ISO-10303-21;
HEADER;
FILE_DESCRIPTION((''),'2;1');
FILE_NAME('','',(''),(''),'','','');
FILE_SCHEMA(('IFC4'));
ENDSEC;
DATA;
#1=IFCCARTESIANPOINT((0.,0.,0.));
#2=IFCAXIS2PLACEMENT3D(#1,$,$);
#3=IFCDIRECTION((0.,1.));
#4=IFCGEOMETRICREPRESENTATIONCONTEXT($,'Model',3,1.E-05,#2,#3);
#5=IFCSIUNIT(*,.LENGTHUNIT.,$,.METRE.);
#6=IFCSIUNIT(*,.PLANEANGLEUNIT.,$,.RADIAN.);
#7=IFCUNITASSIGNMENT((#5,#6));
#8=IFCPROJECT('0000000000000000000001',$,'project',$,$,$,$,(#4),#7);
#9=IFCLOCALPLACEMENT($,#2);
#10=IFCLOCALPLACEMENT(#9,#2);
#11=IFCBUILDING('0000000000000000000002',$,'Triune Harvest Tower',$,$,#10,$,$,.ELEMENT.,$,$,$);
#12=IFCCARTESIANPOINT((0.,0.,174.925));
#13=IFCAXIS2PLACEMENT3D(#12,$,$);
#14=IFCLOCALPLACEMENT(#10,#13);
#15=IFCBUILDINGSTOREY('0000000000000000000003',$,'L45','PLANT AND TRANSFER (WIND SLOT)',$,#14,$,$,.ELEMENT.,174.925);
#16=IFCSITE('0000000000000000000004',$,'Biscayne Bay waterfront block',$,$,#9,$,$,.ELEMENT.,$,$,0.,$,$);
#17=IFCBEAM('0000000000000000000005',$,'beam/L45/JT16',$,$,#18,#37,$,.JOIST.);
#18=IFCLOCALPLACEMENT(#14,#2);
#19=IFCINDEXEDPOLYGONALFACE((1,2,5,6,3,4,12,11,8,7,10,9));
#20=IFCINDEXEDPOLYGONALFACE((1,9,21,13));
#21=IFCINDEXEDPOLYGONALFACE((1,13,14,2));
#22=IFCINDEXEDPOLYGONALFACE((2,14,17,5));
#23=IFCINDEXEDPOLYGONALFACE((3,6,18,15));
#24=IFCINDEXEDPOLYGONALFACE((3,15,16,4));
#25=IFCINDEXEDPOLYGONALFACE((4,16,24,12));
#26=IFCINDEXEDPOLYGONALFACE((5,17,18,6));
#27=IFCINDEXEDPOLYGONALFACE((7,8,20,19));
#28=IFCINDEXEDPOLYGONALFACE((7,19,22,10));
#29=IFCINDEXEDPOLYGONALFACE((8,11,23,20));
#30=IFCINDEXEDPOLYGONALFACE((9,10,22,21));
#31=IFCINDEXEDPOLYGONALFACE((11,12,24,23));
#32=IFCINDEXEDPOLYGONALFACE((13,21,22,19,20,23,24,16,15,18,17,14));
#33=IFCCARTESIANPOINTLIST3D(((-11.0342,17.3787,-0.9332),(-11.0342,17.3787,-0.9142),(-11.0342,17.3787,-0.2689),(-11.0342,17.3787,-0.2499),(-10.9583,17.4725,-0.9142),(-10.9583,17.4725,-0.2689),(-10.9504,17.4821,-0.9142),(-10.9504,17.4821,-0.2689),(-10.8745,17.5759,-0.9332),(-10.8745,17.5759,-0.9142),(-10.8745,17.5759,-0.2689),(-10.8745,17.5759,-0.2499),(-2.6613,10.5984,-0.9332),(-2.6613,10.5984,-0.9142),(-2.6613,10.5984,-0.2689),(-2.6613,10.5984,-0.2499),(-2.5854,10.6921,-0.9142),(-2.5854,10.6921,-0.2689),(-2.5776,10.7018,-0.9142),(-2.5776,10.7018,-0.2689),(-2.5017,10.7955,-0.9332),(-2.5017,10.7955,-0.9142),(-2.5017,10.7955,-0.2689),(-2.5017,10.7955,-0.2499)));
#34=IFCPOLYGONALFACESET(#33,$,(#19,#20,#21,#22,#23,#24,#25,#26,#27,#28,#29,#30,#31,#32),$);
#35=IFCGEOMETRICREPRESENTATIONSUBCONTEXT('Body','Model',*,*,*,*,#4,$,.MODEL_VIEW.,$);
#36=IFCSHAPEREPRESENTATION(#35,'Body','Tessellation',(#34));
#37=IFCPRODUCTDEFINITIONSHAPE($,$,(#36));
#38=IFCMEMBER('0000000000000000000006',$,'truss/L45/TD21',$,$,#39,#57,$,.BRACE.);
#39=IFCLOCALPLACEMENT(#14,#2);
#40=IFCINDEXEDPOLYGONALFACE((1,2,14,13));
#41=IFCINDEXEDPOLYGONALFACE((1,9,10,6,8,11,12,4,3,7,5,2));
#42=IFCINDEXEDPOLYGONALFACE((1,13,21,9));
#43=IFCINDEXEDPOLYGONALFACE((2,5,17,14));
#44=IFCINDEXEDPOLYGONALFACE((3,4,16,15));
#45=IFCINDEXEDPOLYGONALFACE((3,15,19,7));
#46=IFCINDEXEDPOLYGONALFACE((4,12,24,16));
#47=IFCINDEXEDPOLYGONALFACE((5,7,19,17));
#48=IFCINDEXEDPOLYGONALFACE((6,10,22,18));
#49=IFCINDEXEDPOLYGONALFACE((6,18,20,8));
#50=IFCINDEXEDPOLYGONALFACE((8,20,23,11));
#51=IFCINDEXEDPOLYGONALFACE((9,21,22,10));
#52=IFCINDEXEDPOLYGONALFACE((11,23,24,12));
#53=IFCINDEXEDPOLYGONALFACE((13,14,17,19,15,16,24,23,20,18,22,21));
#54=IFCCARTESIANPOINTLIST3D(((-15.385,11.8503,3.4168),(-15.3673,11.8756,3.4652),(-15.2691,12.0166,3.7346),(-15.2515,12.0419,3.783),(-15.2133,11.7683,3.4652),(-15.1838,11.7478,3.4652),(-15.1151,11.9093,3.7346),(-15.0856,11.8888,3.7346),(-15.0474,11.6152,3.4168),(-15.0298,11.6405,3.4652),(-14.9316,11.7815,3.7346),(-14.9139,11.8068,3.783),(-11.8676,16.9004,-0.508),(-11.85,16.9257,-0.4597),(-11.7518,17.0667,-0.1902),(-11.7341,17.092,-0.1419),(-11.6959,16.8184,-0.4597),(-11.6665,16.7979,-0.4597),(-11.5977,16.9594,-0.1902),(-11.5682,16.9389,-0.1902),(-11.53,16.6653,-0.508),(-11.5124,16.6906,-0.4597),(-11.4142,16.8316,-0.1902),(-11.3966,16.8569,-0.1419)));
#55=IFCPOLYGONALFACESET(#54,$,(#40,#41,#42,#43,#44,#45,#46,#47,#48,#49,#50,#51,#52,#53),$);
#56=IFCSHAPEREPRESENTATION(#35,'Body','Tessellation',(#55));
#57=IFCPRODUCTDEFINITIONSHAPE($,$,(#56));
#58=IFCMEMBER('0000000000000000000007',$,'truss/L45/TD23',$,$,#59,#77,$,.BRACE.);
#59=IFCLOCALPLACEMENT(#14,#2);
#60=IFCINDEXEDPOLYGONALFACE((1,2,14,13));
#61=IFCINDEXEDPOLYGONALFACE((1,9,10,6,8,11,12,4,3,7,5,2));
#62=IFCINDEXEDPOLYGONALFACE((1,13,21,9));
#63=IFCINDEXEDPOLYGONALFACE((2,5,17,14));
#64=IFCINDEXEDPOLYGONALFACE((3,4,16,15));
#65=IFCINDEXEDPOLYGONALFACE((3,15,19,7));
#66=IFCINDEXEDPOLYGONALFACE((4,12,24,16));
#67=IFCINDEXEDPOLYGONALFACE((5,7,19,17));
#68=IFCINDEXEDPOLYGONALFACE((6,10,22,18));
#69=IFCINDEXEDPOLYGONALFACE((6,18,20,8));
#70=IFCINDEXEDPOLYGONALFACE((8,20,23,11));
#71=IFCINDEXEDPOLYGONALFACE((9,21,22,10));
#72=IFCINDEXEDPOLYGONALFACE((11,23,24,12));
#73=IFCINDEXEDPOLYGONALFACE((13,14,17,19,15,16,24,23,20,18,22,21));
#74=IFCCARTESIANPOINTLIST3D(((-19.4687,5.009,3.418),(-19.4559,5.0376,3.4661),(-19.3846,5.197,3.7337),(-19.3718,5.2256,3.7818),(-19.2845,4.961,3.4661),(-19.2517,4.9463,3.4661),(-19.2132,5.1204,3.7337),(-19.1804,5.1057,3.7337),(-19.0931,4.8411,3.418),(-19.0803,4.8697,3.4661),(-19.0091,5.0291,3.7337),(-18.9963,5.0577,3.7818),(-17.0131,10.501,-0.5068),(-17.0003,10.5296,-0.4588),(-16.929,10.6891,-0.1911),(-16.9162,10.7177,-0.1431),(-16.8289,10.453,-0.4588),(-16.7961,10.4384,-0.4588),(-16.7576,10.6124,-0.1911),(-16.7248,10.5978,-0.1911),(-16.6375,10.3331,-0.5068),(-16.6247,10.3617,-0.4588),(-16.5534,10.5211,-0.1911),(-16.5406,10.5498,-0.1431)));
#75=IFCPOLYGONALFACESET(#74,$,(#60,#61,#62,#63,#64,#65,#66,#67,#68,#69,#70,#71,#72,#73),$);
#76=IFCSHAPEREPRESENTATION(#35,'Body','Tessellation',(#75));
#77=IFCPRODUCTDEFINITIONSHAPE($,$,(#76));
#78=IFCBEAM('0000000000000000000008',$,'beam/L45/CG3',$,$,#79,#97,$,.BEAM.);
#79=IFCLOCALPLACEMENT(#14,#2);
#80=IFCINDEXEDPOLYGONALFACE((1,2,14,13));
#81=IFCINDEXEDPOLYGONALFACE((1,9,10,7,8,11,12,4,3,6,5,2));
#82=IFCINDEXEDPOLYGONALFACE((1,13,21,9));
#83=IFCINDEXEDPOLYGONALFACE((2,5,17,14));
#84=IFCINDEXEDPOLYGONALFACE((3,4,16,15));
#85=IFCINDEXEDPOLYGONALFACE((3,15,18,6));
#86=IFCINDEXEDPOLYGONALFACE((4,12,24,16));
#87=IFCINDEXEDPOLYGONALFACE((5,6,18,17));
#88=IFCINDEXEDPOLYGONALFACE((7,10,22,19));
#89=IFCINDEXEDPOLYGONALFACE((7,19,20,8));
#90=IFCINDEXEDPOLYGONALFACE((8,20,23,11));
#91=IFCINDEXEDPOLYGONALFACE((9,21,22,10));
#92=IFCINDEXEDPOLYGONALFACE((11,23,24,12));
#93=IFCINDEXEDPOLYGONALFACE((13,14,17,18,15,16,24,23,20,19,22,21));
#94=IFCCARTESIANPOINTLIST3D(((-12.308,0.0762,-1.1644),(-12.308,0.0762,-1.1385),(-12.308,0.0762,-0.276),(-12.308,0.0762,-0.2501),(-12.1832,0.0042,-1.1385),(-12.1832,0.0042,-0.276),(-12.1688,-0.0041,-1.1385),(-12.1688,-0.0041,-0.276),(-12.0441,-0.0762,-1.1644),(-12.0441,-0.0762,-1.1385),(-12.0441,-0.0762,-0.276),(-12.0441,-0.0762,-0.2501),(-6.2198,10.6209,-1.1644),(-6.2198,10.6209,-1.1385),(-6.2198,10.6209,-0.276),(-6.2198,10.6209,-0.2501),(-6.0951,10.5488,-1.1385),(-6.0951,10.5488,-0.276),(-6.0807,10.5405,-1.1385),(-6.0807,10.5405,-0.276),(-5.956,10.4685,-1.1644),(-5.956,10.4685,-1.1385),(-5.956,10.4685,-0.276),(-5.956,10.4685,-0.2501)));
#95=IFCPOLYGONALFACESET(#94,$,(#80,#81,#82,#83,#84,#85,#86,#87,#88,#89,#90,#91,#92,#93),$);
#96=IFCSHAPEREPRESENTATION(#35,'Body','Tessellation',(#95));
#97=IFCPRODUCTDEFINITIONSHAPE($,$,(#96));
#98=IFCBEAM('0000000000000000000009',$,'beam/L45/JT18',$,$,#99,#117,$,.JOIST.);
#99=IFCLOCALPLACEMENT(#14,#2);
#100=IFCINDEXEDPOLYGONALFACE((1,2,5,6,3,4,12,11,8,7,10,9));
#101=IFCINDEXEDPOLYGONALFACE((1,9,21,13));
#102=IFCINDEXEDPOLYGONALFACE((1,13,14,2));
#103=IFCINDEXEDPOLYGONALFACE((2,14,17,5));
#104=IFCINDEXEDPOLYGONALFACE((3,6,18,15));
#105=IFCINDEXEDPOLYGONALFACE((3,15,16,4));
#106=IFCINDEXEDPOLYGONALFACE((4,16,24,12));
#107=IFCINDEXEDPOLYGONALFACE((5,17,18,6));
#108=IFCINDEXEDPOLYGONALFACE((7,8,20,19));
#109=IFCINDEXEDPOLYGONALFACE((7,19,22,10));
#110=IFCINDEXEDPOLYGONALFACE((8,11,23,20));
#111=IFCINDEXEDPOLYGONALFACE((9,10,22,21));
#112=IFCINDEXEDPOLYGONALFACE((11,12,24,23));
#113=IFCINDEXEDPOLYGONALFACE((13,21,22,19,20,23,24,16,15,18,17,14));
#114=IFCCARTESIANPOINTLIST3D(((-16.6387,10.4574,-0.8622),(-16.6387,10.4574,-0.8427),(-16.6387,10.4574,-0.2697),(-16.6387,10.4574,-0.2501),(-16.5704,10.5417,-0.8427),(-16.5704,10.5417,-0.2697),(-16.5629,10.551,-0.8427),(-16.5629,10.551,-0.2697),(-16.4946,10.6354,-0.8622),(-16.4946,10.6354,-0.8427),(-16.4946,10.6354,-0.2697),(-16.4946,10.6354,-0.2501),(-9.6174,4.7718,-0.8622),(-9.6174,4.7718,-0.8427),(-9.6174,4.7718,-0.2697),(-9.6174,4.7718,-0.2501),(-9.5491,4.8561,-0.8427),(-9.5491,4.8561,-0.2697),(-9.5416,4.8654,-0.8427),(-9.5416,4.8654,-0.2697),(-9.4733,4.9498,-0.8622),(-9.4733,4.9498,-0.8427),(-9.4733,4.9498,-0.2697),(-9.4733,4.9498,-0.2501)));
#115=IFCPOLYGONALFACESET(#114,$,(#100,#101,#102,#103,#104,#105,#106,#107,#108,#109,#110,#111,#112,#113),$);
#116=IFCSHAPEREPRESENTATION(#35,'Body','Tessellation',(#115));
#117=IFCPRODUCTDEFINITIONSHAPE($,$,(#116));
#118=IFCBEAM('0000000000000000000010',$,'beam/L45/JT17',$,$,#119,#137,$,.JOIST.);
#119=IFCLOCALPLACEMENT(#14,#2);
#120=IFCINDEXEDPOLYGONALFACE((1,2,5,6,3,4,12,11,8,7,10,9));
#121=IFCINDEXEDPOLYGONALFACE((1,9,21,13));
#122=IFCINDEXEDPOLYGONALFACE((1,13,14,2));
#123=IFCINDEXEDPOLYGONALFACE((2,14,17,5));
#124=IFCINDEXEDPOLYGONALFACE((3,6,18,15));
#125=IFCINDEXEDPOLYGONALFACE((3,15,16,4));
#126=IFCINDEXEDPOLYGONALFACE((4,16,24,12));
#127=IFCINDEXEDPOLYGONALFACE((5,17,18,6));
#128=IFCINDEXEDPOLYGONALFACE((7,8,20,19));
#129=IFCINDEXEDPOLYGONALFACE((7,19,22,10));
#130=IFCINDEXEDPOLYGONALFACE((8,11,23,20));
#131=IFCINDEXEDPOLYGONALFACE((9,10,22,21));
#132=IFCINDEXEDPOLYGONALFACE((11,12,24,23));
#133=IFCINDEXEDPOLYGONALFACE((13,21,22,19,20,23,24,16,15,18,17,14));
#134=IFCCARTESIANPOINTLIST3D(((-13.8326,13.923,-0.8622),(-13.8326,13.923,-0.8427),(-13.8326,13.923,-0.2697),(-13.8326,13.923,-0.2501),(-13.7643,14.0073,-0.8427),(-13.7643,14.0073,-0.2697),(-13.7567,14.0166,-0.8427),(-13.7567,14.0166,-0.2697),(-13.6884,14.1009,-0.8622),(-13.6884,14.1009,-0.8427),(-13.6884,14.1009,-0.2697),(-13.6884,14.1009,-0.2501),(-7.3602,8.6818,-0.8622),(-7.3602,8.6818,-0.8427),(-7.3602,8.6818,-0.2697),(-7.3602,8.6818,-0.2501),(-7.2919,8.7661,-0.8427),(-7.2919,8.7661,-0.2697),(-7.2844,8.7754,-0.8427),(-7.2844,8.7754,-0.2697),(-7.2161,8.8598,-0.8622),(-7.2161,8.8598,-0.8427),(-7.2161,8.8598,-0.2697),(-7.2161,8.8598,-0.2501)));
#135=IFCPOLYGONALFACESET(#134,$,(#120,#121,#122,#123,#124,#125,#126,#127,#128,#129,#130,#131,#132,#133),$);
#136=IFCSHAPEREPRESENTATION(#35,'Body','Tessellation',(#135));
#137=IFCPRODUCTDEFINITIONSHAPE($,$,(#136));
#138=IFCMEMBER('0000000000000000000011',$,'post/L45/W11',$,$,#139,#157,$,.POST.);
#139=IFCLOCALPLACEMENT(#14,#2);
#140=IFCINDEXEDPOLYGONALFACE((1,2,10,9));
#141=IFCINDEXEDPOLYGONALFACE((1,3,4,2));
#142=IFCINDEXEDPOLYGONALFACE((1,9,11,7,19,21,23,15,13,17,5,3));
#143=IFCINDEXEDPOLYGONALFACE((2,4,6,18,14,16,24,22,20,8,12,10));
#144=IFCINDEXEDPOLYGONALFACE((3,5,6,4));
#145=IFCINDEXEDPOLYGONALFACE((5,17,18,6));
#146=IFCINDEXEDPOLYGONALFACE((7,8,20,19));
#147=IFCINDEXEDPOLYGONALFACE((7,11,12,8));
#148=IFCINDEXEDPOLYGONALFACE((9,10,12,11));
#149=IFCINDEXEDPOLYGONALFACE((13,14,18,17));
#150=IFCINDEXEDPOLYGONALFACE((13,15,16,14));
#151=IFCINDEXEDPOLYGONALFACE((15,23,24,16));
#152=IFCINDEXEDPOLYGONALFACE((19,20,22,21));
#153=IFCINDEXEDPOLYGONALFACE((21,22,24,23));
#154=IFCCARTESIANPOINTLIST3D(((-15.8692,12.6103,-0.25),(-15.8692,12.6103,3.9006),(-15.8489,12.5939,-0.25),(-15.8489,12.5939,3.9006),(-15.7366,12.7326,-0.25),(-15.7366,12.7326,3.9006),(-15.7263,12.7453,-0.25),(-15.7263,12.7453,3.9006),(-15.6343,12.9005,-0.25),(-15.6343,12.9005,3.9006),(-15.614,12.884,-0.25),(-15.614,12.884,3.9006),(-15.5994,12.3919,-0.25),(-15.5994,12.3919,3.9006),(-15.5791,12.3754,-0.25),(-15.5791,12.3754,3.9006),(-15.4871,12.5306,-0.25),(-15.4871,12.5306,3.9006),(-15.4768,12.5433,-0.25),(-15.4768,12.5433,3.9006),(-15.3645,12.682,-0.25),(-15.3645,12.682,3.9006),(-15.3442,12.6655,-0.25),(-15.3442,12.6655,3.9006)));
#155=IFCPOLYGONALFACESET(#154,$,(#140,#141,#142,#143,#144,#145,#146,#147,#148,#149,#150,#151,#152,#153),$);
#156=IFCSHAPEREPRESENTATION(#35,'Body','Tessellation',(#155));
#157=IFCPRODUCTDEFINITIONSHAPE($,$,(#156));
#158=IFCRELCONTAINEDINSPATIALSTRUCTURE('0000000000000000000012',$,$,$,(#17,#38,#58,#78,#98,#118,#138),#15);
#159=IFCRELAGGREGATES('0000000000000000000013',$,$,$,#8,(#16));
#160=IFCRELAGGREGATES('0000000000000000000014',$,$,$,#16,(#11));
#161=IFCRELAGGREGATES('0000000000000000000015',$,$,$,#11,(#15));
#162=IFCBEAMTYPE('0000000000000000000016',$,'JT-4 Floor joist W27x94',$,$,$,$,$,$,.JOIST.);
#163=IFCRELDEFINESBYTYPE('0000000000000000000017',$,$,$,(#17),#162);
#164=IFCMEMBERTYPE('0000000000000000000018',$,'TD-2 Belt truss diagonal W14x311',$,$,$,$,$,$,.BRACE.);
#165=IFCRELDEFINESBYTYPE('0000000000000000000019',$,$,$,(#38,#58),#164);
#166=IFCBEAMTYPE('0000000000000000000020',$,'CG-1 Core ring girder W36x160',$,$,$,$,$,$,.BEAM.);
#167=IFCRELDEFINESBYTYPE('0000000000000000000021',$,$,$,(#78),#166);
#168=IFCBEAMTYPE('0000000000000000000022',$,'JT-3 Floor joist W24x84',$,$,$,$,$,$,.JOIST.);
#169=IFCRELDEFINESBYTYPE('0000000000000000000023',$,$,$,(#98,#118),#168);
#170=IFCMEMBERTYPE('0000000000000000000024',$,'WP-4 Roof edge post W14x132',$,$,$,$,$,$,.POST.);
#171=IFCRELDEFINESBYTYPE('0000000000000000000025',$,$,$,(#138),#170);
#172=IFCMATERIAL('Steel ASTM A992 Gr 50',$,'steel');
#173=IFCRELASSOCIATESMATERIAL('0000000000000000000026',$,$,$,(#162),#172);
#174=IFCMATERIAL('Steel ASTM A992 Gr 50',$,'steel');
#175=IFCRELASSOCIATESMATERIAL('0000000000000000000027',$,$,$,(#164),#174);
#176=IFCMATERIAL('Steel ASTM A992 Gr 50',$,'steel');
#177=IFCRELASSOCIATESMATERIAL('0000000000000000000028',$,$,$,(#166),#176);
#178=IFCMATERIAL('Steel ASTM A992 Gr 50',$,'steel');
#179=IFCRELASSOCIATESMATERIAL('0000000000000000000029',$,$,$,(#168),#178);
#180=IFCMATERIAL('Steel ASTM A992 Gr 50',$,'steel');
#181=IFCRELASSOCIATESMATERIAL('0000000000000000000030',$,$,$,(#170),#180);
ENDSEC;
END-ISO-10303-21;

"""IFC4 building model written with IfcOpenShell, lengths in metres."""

from ifc_helpers import new_model, si_unit, direction, frame, origin, origin_2d, place, context, subcontext, project, spatial, i_section, extrude, source, transform, mapped, material, material_profile, profile_set, type_object, element, save


model = new_model("IFC4")

# Units and contexts
model_context = context("Model", 3, precision=1e-05, world=origin(), true_north=direction((0.0, 1.0)))
body_context = subcontext(model_context, "Body", "Model", "MODEL_VIEW")
ifc_project = project(units=[si_unit("LENGTHUNIT", "METRE"), si_unit("PLANEANGLEUNIT", "RADIAN")], contexts=[model_context])

# Site, building, storey
site_placement = place(None, origin())
site = spatial("IfcSite", under=ifc_project, at=site_placement, Name="Biscayne Bay waterfront block", CompositionType="ELEMENT", RefElevation=0.0)
building_placement = place(site_placement, origin())
building = spatial("IfcBuilding", under=site, at=building_placement, Name="Triune Harvest Tower", CompositionType="ELEMENT")
storey_placement = place(building_placement, frame((0.0, 0.0, 174.925)))
storey = spatial("IfcBuildingStorey", under=building, at=storey_placement, Name="L45", Description="PLANT AND TRANSFER (WIND SLOT)", CompositionType="ELEMENT", Elevation=174.925)

# Beam
ifc_material_1 = material(Name="Steel ASTM A992 Gr 50", Category="steel")
ifc_material_profile_1 = material_profile(ifc_material_1, i_section(OverallWidth=0.2537, OverallDepth=0.6833, WebThickness=0.0125, FlangeThickness=0.019, at=origin_2d()), Name="W27x94")
ifc_profile_set_1 = profile_set([ifc_material_profile_1], Name="Steel ASTM A992 Gr 50")
beam_type_1 = type_object("IfcBeamType", Name="JT-4 Floor joist W27x94", PredefinedType="JOIST", material=ifc_profile_set_1)
beam_1_placement = place(storey_placement, frame((-10.9543, 17.4773, -0.5916), z_axis=(0.777141, -0.629327, 0.0), x_axis=(0.629327, 0.777141, 0.0)))
element("IfcBeam", 1, at=beam_1_placement, inside=storey, type_object=beam_type_1, Name="beam/L45/JT16", PredefinedType="JOIST", context=body_context, shape_type="SweptSolid", body=[
    extrude(i_section(OverallWidth=0.2537, OverallDepth=0.6833, WebThickness=0.0125, FlangeThickness=0.019, at=origin_2d()), origin(), (0.0, 0.0, 1.0), 10.7739),
])

# Members
ifc_material_2 = material(Name="Steel ASTM A992 Gr 50", Category="steel")
ifc_material_profile_2 = material_profile(ifc_material_2, i_section(OverallWidth=0.4114, OverallDepth=0.4343, WebThickness=0.0359, FlangeThickness=0.0574, at=origin_2d()), Name="W14x311")
ifc_profile_set_2 = profile_set([ifc_material_profile_2], Name="Steel ASTM A992 Gr 50")
member_type_1 = type_object("IfcMemberType", Name="TD-2 Belt truss diagonal W14x311", PredefinedType="BRACE", material=ifc_profile_set_2)
member_1_placement = place(storey_placement, frame((-11.6321, 16.8787, -0.325), z_axis=(-0.481878, -0.691861, 0.537701), x_axis=(0.820581, -0.57153, 0.0)))
element("IfcMember", 2, at=member_1_placement, inside=storey, type_object=member_type_1, Name="truss/L45/TD21", PredefinedType="BRACE", context=body_context, shape_type="SweptSolid", body=[
    extrude(i_section(OverallWidth=0.4114, OverallDepth=0.4343, WebThickness=0.0359, FlangeThickness=0.0574, at=origin_2d()), origin(), (0.0, 0.0, 1.0), 7.2993),
])
member_2_placement = place(storey_placement, frame((-16.7769, 10.5254, -0.325), z_axis=(-0.341859, -0.764576, 0.546403), x_axis=(0.912902, -0.408178, 0.0)))
element("IfcMember", 3, at=member_2_placement, inside=storey, type_object=member_type_1, Name="truss/L45/TD23", PredefinedType="BRACE", context=body_context, shape_type="SweptSolid", body=[
    extrude(i_section(OverallWidth=0.4114, OverallDepth=0.4343, WebThickness=0.0359, FlangeThickness=0.0574, at=origin_2d()), origin(), (0.0, 0.0, 1.0), 7.1831),
])

# Beams
ifc_material_3 = material(Name="Steel ASTM A992 Gr 50", Category="steel")
ifc_material_profile_3 = material_profile(ifc_material_3, i_section(OverallWidth=0.3047, OverallDepth=0.9143, WebThickness=0.0166, FlangeThickness=0.0259, at=origin_2d()), Name="W36x160")
ifc_profile_set_3 = profile_set([ifc_material_profile_3], Name="Steel ASTM A992 Gr 50")
beam_type_2 = type_object("IfcBeamType", Name="CG-1 Core ring girder W36x160", PredefinedType="BEAM", material=ifc_profile_set_3)
shared_shape_1 = source(origin(), body_context, "Body", "SweptSolid", [
    extrude(i_section(OverallWidth=0.3047, OverallDepth=0.9143, WebThickness=0.0166, FlangeThickness=0.0259, at=origin_2d()), origin(), (0.0, 0.0, 1.0), 12.176),
])
beam_2_placement = place(storey_placement, frame((-6.0879, 10.5447, -0.7073), z_axis=(-0.50001, -0.86602, 0.0), x_axis=(0.86602, -0.50001, 0.0)))
element("IfcBeam", 4, at=beam_2_placement, inside=storey, type_object=beam_type_2, Name="beam/L45/CG3", PredefinedType="BEAM", context=body_context, shape_type="MappedRepresentation", body=[
    mapped(shared_shape_1, transform((0.0, 0.0, 0.0), scale=1.0)),
])
ifc_material_4 = material(Name="Steel ASTM A992 Gr 50", Category="steel")
ifc_material_profile_4 = material_profile(ifc_material_4, i_section(OverallWidth=0.229, OverallDepth=0.6121, WebThickness=0.012, FlangeThickness=0.0195, at=origin_2d()), Name="W24x84")
ifc_profile_set_4 = profile_set([ifc_material_profile_4], Name="Steel ASTM A992 Gr 50")
beam_type_3 = type_object("IfcBeamType", Name="JT-3 Floor joist W24x84", PredefinedType="JOIST", material=ifc_profile_set_4)
shared_shape_2 = source(origin(), body_context, "Body", "SweptSolid", [
    extrude(i_section(OverallWidth=0.229, OverallDepth=0.6121, WebThickness=0.012, FlangeThickness=0.0195, at=origin_2d()), origin(), (0.0, 0.0, 1.0), 9.0347),
])
beam_3_placement = place(storey_placement, frame((-16.5667, 10.5464, -0.5562), z_axis=(0.777154, -0.629311, 0.0), x_axis=(0.629311, 0.777154, 0.0)))
element("IfcBeam", 5, at=beam_3_placement, inside=storey, type_object=beam_type_3, Name="beam/L45/JT18", PredefinedType="JOIST", context=body_context, shape_type="MappedRepresentation", body=[
    mapped(shared_shape_2, transform((0.0, 0.0, 0.0), scale=1.0)),
])
shared_shape_3 = source(origin(), body_context, "Body", "SweptSolid", [
    extrude(i_section(OverallWidth=0.229, OverallDepth=0.6121, WebThickness=0.012, FlangeThickness=0.0195, at=origin_2d()), origin(), (0.0, 0.0, 1.0), 8.3284),
])
beam_4_placement = place(storey_placement, frame((-13.7605, 14.012, -0.5562), z_axis=(0.777149, -0.629317, 0.0), x_axis=(0.629317, 0.777149, 0.0)))
element("IfcBeam", 6, at=beam_4_placement, inside=storey, type_object=beam_type_3, Name="beam/L45/JT17", PredefinedType="JOIST", context=body_context, shape_type="MappedRepresentation", body=[
    mapped(shared_shape_3, transform((0.0, 0.0, 0.0), scale=1.0)),
])

# Member
ifc_material_5 = material(Name="Steel ASTM A992 Gr 50", Category="steel")
ifc_material_profile_5 = material_profile(ifc_material_5, i_section(OverallWidth=0.3733, OverallDepth=0.3733, WebThickness=0.0164, FlangeThickness=0.0261, at=origin_2d()), Name="W14x132")
ifc_profile_set_5 = profile_set([ifc_material_profile_5], Name="Steel ASTM A992 Gr 50")
member_type_2 = type_object("IfcMemberType", Name="WP-4 Roof edge post W14x132", PredefinedType="POST", material=ifc_profile_set_5)
shared_shape_4 = source(origin(), body_context, "Body", "SweptSolid", [
    extrude(i_section(OverallWidth=0.3733, OverallDepth=0.3733, WebThickness=0.0164, FlangeThickness=0.0261, at=origin_2d()), origin(), (0.0, 0.0, 1.0), 4.1506),
])
member_3_placement = place(storey_placement, frame((-15.6067, 12.6379, -0.25), z_axis=(0.0, 0.0, 1.0), x_axis=(-0.629322, -0.777145, 0.0)))
element("IfcMember", 7, at=member_3_placement, inside=storey, type_object=member_type_2, Name="post/L45/W11", PredefinedType="POST", context=body_context, shape_type="MappedRepresentation", body=[
    mapped(shared_shape_4, transform((0.0, 0.0, 0.0), scale=1.0)),
])

save(model, "model.ifc")
